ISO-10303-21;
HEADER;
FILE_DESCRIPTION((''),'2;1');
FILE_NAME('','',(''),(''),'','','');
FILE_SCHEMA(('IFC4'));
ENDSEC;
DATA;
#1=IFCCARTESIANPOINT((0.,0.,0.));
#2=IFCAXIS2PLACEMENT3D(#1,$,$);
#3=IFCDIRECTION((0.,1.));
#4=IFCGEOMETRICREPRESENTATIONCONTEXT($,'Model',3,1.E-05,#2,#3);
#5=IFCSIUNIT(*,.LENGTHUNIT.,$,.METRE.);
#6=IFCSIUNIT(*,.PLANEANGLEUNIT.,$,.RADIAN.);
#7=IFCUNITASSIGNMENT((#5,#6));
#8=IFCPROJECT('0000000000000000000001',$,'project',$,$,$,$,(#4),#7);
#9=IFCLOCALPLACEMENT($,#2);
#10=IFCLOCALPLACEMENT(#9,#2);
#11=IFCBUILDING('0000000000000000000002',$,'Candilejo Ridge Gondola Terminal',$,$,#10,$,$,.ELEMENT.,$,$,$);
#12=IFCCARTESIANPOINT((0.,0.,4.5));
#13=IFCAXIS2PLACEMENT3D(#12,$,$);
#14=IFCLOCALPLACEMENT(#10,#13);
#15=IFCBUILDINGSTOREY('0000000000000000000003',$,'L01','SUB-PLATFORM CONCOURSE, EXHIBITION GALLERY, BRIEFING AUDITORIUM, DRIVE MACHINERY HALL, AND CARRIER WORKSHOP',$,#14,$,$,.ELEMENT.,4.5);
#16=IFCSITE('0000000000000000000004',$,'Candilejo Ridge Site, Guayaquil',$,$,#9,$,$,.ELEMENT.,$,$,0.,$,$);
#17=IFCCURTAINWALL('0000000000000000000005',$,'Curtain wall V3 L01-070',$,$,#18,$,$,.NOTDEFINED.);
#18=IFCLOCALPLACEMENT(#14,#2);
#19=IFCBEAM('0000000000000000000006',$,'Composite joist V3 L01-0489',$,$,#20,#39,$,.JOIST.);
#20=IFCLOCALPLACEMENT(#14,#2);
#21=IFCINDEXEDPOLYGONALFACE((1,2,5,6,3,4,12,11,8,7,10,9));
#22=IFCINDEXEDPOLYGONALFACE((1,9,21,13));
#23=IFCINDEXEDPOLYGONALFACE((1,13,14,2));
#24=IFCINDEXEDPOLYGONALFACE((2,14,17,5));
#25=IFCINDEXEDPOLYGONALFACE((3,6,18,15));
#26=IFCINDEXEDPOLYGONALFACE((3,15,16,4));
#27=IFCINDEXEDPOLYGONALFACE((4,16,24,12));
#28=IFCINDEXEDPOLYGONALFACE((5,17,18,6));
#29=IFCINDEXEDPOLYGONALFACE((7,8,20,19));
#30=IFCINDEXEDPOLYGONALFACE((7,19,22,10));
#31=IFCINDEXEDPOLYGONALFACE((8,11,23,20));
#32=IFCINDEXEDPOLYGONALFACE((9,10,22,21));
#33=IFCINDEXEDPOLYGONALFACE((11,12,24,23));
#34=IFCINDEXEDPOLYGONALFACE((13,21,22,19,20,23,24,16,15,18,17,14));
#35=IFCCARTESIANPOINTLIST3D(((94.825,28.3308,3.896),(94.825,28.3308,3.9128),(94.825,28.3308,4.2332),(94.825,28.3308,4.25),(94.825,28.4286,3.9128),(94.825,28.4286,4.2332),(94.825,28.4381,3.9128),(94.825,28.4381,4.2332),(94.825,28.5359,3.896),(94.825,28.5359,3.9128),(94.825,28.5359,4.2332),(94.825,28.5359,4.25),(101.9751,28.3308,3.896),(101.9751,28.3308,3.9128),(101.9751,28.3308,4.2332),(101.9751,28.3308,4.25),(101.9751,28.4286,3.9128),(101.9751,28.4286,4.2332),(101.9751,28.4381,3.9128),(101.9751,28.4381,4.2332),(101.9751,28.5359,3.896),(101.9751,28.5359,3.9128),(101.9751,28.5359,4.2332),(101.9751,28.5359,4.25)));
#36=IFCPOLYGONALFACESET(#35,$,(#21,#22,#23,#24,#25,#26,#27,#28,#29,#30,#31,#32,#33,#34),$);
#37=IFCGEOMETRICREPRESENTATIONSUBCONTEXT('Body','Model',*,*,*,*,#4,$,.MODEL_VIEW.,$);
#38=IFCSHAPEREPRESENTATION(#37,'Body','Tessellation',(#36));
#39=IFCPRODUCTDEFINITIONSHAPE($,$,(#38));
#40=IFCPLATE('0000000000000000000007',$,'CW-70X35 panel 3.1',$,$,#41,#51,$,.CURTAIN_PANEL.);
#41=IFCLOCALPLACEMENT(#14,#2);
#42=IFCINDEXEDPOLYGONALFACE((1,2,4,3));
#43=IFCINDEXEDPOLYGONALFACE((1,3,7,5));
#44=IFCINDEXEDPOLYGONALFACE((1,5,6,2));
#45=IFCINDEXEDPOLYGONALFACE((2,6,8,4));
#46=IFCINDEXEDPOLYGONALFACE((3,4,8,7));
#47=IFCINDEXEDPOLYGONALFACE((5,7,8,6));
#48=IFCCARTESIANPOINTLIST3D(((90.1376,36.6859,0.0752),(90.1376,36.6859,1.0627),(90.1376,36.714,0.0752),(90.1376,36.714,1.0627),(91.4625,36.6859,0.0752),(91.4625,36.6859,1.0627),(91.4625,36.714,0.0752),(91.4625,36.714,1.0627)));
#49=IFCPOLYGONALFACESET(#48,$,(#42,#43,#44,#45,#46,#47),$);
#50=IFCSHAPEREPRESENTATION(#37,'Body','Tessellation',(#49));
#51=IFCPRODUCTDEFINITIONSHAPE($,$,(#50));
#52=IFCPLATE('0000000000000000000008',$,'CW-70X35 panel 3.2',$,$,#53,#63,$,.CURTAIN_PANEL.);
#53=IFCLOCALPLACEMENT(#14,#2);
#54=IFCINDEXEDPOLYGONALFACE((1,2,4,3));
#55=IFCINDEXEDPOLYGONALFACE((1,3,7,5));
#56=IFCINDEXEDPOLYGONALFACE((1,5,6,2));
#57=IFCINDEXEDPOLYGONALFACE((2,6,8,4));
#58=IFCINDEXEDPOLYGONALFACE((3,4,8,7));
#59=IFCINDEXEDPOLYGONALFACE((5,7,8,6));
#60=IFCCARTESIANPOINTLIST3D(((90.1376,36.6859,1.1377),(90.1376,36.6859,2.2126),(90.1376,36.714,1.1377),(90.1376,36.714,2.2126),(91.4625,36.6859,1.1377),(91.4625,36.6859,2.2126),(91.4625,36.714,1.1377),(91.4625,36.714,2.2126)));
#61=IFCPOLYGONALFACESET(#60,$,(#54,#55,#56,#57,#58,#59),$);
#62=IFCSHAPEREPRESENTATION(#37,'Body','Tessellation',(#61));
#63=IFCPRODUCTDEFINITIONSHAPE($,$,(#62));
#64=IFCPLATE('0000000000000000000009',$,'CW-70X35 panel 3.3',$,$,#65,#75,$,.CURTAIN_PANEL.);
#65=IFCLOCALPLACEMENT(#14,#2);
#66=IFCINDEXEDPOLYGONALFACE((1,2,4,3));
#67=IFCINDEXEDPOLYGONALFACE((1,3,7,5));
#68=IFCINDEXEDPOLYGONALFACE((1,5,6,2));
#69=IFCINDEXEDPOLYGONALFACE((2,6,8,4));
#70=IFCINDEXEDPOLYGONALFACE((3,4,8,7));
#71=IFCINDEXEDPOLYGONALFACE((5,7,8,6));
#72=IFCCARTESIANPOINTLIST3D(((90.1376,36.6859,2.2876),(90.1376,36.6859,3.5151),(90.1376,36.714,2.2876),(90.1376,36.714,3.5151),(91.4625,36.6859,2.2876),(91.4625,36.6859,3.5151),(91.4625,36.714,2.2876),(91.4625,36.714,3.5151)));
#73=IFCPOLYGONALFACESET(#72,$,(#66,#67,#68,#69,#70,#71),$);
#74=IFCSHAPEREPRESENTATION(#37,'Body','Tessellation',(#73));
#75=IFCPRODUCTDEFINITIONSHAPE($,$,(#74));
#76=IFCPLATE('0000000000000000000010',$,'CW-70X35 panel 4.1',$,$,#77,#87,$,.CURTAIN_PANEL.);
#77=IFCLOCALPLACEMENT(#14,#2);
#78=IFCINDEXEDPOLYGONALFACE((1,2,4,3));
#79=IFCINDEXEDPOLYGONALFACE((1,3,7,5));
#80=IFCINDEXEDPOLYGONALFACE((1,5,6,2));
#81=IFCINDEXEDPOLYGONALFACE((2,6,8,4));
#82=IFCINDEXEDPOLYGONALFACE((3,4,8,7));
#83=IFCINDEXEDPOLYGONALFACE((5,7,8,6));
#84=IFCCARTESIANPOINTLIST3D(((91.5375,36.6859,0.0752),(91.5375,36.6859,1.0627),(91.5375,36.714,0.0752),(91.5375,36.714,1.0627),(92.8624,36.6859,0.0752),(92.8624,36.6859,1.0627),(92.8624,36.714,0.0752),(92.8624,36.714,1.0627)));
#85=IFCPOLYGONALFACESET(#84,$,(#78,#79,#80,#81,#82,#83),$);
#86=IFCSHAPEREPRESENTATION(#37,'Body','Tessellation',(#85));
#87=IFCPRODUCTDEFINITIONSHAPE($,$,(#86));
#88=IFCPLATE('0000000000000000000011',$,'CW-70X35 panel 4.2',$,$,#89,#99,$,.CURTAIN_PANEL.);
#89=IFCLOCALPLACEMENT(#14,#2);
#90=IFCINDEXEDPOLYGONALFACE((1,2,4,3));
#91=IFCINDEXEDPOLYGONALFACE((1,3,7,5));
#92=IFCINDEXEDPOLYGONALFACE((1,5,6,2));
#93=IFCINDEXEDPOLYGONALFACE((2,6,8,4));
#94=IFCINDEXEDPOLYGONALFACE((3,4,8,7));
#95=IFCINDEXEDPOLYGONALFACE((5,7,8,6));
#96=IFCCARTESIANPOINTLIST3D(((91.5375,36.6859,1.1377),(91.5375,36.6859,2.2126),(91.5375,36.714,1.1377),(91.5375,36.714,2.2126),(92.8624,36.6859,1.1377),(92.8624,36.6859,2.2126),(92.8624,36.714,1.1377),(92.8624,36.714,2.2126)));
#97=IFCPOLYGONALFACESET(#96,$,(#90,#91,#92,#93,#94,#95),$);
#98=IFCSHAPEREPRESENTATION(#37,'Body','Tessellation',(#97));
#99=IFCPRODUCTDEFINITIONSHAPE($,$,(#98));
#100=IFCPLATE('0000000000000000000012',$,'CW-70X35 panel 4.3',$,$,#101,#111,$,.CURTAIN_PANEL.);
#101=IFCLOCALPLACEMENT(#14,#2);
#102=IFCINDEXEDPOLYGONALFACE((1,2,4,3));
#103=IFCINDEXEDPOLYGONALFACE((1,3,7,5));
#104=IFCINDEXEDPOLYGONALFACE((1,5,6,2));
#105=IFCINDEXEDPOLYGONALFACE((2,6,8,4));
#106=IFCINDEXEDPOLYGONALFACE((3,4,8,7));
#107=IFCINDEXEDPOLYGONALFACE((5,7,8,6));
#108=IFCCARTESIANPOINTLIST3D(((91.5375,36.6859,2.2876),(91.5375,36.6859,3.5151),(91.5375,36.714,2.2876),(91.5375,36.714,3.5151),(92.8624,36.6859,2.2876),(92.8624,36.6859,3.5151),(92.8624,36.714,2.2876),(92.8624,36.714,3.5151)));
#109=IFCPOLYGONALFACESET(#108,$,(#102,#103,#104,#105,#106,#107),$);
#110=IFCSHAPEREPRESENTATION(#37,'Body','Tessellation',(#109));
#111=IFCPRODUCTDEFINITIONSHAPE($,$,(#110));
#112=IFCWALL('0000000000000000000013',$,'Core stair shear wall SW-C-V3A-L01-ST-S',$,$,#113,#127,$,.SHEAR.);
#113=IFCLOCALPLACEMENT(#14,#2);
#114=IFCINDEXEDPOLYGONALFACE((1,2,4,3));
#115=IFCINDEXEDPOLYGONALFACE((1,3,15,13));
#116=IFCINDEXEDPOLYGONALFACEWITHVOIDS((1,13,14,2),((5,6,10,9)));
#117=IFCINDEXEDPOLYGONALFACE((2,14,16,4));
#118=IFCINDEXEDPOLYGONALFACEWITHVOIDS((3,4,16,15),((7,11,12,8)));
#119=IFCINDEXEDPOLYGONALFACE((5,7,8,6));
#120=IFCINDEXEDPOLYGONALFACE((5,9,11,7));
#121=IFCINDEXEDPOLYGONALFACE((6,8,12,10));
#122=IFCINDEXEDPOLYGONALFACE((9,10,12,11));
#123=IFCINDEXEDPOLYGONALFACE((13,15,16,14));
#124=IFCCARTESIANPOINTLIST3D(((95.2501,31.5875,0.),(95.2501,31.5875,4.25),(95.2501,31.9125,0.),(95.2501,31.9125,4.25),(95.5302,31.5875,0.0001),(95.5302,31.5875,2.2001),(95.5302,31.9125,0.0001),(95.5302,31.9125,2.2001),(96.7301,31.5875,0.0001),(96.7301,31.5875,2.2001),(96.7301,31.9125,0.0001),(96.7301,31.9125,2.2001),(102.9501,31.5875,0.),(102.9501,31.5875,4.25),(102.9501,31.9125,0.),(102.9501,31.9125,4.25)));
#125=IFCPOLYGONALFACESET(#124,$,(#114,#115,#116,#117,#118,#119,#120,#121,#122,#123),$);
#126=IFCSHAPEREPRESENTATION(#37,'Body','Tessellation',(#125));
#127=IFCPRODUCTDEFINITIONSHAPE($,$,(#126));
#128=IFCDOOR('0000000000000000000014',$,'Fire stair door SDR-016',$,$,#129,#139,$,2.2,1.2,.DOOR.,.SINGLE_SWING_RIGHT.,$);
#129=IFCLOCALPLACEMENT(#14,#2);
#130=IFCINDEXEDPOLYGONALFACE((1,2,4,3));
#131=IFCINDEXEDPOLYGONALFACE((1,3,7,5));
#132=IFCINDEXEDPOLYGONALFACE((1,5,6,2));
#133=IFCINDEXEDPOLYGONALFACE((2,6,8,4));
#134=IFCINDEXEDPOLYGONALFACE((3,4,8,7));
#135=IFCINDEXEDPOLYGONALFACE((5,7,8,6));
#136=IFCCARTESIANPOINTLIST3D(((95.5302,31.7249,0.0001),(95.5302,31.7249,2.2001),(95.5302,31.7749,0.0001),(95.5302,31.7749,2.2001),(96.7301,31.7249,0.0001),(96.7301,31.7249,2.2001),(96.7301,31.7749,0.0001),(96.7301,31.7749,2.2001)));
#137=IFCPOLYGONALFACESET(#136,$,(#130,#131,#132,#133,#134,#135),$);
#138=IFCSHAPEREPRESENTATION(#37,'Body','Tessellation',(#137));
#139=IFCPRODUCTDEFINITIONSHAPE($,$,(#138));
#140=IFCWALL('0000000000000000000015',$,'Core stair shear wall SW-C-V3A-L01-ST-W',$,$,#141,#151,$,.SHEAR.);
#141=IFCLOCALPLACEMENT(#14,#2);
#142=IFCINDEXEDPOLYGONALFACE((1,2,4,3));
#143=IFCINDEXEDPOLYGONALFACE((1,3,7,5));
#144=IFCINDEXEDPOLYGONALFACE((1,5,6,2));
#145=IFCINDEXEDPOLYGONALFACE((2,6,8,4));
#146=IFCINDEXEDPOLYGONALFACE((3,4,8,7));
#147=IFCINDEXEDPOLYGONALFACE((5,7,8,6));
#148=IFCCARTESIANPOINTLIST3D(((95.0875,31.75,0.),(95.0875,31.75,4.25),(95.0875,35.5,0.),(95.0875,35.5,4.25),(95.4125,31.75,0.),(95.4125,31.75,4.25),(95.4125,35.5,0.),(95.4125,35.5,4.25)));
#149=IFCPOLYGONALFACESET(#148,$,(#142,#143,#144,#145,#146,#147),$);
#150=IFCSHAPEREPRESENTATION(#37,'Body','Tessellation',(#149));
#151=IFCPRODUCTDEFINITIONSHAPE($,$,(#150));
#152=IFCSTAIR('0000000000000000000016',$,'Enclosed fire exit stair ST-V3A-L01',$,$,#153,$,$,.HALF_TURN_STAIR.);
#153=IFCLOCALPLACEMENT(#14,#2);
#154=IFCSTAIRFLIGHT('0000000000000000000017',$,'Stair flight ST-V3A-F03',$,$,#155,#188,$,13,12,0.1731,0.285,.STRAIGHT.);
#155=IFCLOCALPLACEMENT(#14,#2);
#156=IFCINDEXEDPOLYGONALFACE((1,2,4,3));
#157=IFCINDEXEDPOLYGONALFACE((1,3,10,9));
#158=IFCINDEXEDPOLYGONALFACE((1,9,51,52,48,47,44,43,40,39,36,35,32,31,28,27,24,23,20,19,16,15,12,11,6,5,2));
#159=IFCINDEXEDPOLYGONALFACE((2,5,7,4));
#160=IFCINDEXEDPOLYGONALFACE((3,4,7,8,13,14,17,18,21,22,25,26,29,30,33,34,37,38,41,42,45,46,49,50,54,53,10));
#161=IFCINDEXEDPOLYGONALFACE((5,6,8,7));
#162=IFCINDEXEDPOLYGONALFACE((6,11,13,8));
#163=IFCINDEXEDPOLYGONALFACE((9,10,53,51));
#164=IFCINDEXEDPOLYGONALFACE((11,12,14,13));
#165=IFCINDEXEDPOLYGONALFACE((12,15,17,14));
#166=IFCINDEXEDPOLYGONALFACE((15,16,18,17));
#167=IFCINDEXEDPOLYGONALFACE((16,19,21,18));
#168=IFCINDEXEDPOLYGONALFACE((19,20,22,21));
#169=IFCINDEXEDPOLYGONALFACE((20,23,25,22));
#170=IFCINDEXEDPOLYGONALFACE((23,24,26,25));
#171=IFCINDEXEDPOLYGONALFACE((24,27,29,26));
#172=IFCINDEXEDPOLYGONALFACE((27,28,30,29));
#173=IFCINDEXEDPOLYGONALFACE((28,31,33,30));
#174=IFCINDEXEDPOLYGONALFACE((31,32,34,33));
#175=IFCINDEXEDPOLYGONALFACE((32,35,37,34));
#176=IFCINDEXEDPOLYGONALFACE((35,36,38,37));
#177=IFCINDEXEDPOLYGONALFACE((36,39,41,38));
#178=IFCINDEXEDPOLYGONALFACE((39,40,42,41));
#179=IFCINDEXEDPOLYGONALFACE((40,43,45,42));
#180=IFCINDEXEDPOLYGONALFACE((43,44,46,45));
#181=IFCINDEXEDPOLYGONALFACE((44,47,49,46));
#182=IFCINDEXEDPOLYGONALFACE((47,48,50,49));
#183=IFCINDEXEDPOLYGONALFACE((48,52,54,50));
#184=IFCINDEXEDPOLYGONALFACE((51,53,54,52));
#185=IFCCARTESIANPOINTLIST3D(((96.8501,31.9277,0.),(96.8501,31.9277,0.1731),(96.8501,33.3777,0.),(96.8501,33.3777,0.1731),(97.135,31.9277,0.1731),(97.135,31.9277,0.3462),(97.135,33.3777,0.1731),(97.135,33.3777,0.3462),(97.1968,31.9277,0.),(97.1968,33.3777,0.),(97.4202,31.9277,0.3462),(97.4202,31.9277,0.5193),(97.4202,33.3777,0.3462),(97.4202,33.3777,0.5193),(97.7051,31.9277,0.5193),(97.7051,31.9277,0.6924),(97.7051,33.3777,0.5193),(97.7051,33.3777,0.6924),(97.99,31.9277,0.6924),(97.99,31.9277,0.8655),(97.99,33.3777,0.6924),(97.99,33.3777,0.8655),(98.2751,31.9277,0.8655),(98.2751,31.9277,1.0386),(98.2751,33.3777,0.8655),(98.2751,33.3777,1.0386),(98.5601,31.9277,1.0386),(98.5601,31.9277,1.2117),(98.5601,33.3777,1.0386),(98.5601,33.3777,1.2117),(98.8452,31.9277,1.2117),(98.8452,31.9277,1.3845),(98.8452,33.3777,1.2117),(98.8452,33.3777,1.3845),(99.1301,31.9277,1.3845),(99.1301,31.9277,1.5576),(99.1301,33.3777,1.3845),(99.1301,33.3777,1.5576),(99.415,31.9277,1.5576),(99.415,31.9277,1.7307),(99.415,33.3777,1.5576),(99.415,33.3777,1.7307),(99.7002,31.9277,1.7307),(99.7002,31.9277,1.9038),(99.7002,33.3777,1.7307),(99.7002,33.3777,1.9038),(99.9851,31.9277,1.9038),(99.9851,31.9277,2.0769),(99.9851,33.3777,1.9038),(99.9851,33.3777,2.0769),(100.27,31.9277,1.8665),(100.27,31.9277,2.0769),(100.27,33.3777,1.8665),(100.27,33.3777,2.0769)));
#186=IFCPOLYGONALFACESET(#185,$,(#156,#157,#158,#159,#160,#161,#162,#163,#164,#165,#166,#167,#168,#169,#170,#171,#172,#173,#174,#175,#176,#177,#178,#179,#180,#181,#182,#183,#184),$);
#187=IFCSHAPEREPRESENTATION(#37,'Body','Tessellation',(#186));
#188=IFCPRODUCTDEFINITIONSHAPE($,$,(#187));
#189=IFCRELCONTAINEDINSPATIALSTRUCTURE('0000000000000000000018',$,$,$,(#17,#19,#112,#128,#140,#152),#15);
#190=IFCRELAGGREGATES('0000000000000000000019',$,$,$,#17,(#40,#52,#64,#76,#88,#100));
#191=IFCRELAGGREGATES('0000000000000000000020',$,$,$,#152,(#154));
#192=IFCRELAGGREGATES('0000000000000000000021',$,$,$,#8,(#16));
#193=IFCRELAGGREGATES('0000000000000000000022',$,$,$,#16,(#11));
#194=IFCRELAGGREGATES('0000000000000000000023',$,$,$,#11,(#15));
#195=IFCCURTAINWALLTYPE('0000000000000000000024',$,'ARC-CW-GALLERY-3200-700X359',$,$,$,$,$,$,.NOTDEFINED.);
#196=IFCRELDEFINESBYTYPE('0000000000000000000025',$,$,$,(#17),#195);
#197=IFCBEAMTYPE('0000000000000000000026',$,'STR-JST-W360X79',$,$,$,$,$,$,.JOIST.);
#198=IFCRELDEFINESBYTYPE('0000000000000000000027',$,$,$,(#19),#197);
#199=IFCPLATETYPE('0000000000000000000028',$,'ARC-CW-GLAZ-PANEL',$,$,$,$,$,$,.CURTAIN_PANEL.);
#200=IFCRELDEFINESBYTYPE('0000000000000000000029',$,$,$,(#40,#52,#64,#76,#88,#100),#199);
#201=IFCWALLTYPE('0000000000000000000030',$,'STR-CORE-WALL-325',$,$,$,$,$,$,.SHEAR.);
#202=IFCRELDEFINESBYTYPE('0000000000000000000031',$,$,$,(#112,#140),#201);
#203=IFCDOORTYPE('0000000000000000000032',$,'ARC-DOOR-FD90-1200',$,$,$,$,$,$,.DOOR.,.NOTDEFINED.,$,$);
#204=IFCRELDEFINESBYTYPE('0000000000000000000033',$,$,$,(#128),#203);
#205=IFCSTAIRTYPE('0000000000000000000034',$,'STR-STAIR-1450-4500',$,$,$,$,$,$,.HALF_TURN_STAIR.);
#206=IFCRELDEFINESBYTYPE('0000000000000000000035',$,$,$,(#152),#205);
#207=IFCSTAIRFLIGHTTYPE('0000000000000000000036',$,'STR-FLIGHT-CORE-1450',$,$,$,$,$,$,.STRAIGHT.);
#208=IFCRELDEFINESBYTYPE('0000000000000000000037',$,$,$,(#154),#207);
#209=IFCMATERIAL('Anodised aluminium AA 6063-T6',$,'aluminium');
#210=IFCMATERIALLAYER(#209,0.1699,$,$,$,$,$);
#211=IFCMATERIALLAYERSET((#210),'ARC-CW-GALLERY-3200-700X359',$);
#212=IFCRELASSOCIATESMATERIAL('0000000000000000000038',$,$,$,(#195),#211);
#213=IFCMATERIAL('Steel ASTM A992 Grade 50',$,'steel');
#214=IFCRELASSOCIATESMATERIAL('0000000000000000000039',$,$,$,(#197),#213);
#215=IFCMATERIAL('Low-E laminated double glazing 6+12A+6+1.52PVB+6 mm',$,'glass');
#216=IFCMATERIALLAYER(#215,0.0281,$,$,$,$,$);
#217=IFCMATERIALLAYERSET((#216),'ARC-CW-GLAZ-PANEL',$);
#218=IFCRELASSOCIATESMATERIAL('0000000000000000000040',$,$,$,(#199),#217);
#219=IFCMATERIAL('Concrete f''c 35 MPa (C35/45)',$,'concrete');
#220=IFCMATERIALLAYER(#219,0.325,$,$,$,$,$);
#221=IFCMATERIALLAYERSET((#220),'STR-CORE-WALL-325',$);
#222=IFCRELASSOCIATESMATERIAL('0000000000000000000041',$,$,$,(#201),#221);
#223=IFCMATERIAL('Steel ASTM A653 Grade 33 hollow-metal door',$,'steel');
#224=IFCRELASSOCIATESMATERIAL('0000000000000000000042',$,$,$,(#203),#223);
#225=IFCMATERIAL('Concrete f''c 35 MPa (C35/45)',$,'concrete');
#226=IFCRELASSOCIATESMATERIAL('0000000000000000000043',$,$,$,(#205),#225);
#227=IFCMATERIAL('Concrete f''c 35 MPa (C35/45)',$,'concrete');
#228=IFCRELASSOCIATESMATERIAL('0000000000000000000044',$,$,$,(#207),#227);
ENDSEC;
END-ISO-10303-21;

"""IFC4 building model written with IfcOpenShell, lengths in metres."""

from ifc_helpers import new_model, si_unit, direction, frame, frame_2d, origin, origin_2d, place, context, subcontext, project, spatial, polyline, rectangle, i_section, outline, extrude, material, layer, layer_set, material_profile, profile_set, type_object, element, fill, aggregate, save


model = new_model("IFC4")

# Units and contexts
model_context = context("Model", 3, precision=1e-05, world=origin(), true_north=direction((0.0, 1.0)))
body_context = subcontext(model_context, "Body", "Model", "MODEL_VIEW")
ifc_project = project(units=[si_unit("LENGTHUNIT", "METRE"), si_unit("PLANEANGLEUNIT", "RADIAN")], contexts=[model_context])

# Site, building, storey
site_placement = place(None, origin())
site = spatial("IfcSite", under=ifc_project, at=site_placement, Name="Candilejo Ridge Site, Guayaquil", CompositionType="ELEMENT", RefElevation=0.0)
building_placement = place(site_placement, origin())
building = spatial("IfcBuilding", under=site, at=building_placement, Name="Candilejo Ridge Gondola Terminal", CompositionType="ELEMENT")
storey_placement = place(building_placement, frame((0.0, 0.0, 4.5)))
storey = spatial("IfcBuildingStorey", under=building, at=storey_placement, Name="L01", Description="SUB-PLATFORM CONCOURSE, EXHIBITION GALLERY, BRIEFING AUDITORIUM, DRIVE MACHINERY HALL, AND CARRIER WORKSHOP", CompositionType="ELEMENT", Elevation=4.5)

# Curtain wall
ifc_material_1 = material(Name="Anodised aluminium AA 6063-T6", Category="aluminium")
ifc_layer_1 = layer(ifc_material_1, 0.1699)
ifc_layer_set_1 = layer_set([ifc_layer_1], Name="ARC-CW-GALLERY-3200-700X359")
curtain_wall_type = type_object("IfcCurtainWallType", Name="ARC-CW-GALLERY-3200-700X359", PredefinedType="NOTDEFINED", material=ifc_layer_set_1)
curtain_wall_placement = place(storey_placement, origin())
curtain_wall = element("IfcCurtainWall", 1, at=curtain_wall_placement, inside=storey, type_object=curtain_wall_type, Name="Curtain wall V3 L01-070", PredefinedType="NOTDEFINED")

# Beam
ifc_material_2 = material(Name="Steel ASTM A992 Grade 50", Category="steel")
ifc_material_profile_1 = material_profile(ifc_material_2, i_section(OverallWidth=0.2051, OverallDepth=0.354, WebThickness=0.0095, FlangeThickness=0.0168, at=origin_2d()))
ifc_profile_set_1 = profile_set([ifc_material_profile_1], Name="Steel ASTM A992 Grade 50")
beam_type_1 = type_object("IfcBeamType", Name="STR-JST-W360X79", PredefinedType="JOIST", material=ifc_profile_set_1)
beam_1_placement = place(storey_placement, frame((94.825, 28.4333, 4.073), z_axis=(1.0, 0.0, 0.0), x_axis=(0.0, 1.0, 0.0)))
element("IfcBeam", 2, at=beam_1_placement, inside=storey, type_object=beam_type_1, Name="Composite joist V3 L01-0489", PredefinedType="JOIST", context=body_context, shape_type="SweptSolid", body=[
    extrude(i_section(OverallWidth=0.2051, OverallDepth=0.354, WebThickness=0.0095, FlangeThickness=0.0168, at=origin_2d()), origin(), (0.0, 0.0, 1.0), 7.1501),
])

# Plates
ifc_material_3 = material(Name="Low-E laminated double glazing 6+12A+6+1.52PVB+6 mm", Category="glass")
ifc_layer_2 = layer(ifc_material_3, 0.0281)
ifc_layer_set_2 = layer_set([ifc_layer_2], Name="ARC-CW-GLAZ-PANEL")
plate_type = type_object("IfcPlateType", Name="ARC-CW-GLAZ-PANEL", PredefinedType="CURTAIN_PANEL", material=ifc_layer_set_2)
plate_1_placement = place(storey_placement, frame((90.8, 36.7, 0.0752), z_axis=(0.0, 0.0, 1.0), x_axis=(1.0, 0.0, 0.0)))
plate_1 = element("IfcPlate", 3, at=plate_1_placement, type_object=plate_type, Name="CW-70X35 panel 3.1", PredefinedType="CURTAIN_PANEL", context=body_context, shape_type="SweptSolid", body=[
    extrude(rectangle(XDim=1.325, YDim=0.0281, at=origin_2d()), origin(), (0.0, 0.0, 1.0), 0.9875),
])
plate_2_placement = place(storey_placement, frame((90.8, 36.7, 1.1377), z_axis=(0.0, 0.0, 1.0), x_axis=(1.0, 0.0, 0.0)))
plate_2 = element("IfcPlate", 4, at=plate_2_placement, type_object=plate_type, Name="CW-70X35 panel 3.2", PredefinedType="CURTAIN_PANEL", context=body_context, shape_type="SweptSolid", body=[
    extrude(rectangle(XDim=1.325, YDim=0.0281, at=origin_2d()), origin(), (0.0, 0.0, 1.0), 1.075),
])
plate_3_placement = place(storey_placement, frame((90.8, 36.7, 2.2876), z_axis=(0.0, 0.0, 1.0), x_axis=(1.0, 0.0, 0.0)))
plate_3 = element("IfcPlate", 5, at=plate_3_placement, type_object=plate_type, Name="CW-70X35 panel 3.3", PredefinedType="CURTAIN_PANEL", context=body_context, shape_type="SweptSolid", body=[
    extrude(rectangle(XDim=1.325, YDim=0.0281, at=origin_2d()), origin(), (0.0, 0.0, 1.0), 1.2275),
])
plate_4_placement = place(storey_placement, frame((92.2, 36.7, 0.0752), z_axis=(0.0, 0.0, 1.0), x_axis=(1.0, 0.0, 0.0)))
plate_4 = element("IfcPlate", 6, at=plate_4_placement, type_object=plate_type, Name="CW-70X35 panel 4.1", PredefinedType="CURTAIN_PANEL", context=body_context, shape_type="SweptSolid", body=[
    extrude(rectangle(XDim=1.325, YDim=0.0281, at=origin_2d()), origin(), (0.0, 0.0, 1.0), 0.9875),
])
plate_5_placement = place(storey_placement, frame((92.2, 36.7, 1.1377), z_axis=(0.0, 0.0, 1.0), x_axis=(1.0, 0.0, 0.0)))
plate_5 = element("IfcPlate", 7, at=plate_5_placement, type_object=plate_type, Name="CW-70X35 panel 4.2", PredefinedType="CURTAIN_PANEL", context=body_context, shape_type="SweptSolid", body=[
    extrude(rectangle(XDim=1.325, YDim=0.0281, at=origin_2d()), origin(), (0.0, 0.0, 1.0), 1.075),
])
plate_6_placement = place(storey_placement, frame((92.2, 36.7, 2.2876), z_axis=(0.0, 0.0, 1.0), x_axis=(1.0, 0.0, 0.0)))
plate_6 = element("IfcPlate", 8, at=plate_6_placement, type_object=plate_type, Name="CW-70X35 panel 4.3", PredefinedType="CURTAIN_PANEL", context=body_context, shape_type="SweptSolid", body=[
    extrude(rectangle(XDim=1.325, YDim=0.0281, at=origin_2d()), origin(), (0.0, 0.0, 1.0), 1.2275),
])
aggregate(curtain_wall, [plate_1, plate_2, plate_3, plate_4, plate_5, plate_6])

# Wall, opening, door
ifc_material_4 = material(Name="Concrete f'c 35 MPa (C35/45)", Category="concrete")
ifc_layer_3 = layer(ifc_material_4, 0.325)
ifc_layer_set_3 = layer_set([ifc_layer_3], Name="STR-CORE-WALL-325")
wall_type = type_object("IfcWallType", Name="STR-CORE-WALL-325", PredefinedType="SHEAR", material=ifc_layer_set_3)
wall_1_placement = place(storey_placement, frame((95.25, 31.75, 0.0), z_axis=(0.0, 0.0, 1.0), x_axis=(1.0, 0.0, 0.0)))
wall_1 = element("IfcWall", 9, at=wall_1_placement, inside=storey, type_object=wall_type, Name="Core stair shear wall SW-C-V3A-L01-ST-S", PredefinedType="SHEAR", context=body_context, shape_type="SweptSolid", body=[
    extrude(rectangle(XDim=7.7, YDim=0.325, at=frame_2d((3.8501, 0.0))), origin(), (0.0, 0.0, 1.0), 4.25),
])
opening_placement = place(wall_1_placement, frame((0.28, 0.0, 0.0)))
opening = element("IfcOpeningElement", 10, at=opening_placement, cuts=wall_1, PredefinedType="OPENING", context=body_context, shape_type="SweptSolid", body=[
    extrude(rectangle(XDim=1.2, YDim=2.2, at=frame_2d((0.6001, 1.1001))), frame((0.0, 0.1724, 0.0), z_axis=(0.0, -1.0, 0.0), x_axis=(1.0, 0.0, 0.0)), (0.0, 0.0, 1.0), 0.345),
])
ifc_material_5 = material(Name="Steel ASTM A653 Grade 33 hollow-metal door", Category="steel")
door_type = type_object("IfcDoorType", Name="ARC-DOOR-FD90-1200", OperationType="NOTDEFINED", PredefinedType="DOOR", material=ifc_material_5)
door_placement = place(opening_placement, origin())
door = element("IfcDoor", 11, at=door_placement, inside=storey, type_object=door_type, Name="Fire stair door SDR-016", OperationType="SINGLE_SWING_RIGHT", OverallHeight=2.2, OverallWidth=1.2, PredefinedType="DOOR", context=body_context, shape_type="SweptSolid", body=[
    extrude(rectangle(XDim=1.2, YDim=2.2, at=frame_2d((0.6001, 1.1001))), frame((0.0, 0.0249, 0.0), z_axis=(0.0, -1.0, 0.0), x_axis=(1.0, 0.0, 0.0)), (0.0, 0.0, 1.0), 0.05),
])
fill(opening, door)

# Wall
wall_2_placement = place(storey_placement, frame((95.25, 35.5, 0.0), z_axis=(0.0, 0.0, 1.0), x_axis=(0.0, -1.0, 0.0)))
element("IfcWall", 12, at=wall_2_placement, inside=storey, type_object=wall_type, Name="Core stair shear wall SW-C-V3A-L01-ST-W", PredefinedType="SHEAR", context=body_context, shape_type="SweptSolid", body=[
    extrude(rectangle(XDim=3.75, YDim=0.325, at=frame_2d((1.875, 0.0))), origin(), (0.0, 0.0, 1.0), 4.25),
])

# Stair, stair flight
ifc_material_6 = material(Name="Concrete f'c 35 MPa (C35/45)", Category="concrete")
stair_type = type_object("IfcStairType", Name="STR-STAIR-1450-4500", PredefinedType="HALF_TURN_STAIR", material=ifc_material_6)
stair_placement = place(storey_placement, origin())
stair = element("IfcStair", 13, at=stair_placement, inside=storey, type_object=stair_type, Name="Enclosed fire exit stair ST-V3A-L01", PredefinedType="HALF_TURN_STAIR")
ifc_material_7 = material(Name="Concrete f'c 35 MPa (C35/45)", Category="concrete")
stair_flight_type = type_object("IfcStairFlightType", Name="STR-FLIGHT-CORE-1450", PredefinedType="STRAIGHT", material=ifc_material_7)
stair_flight_placement = place(storey_placement, frame((96.8501, 32.6526, 0.0), z_axis=(0.0, 0.0, 1.0), x_axis=(1.0, 0.0, 0.0)))
stair_flight = element("IfcStairFlight", 14, at=stair_flight_placement, type_object=stair_flight_type, Name="Stair flight ST-V3A-F03", NumberOfRisers=13, NumberOfTreads=12, PredefinedType="STRAIGHT", RiserHeight=0.1731, TreadLength=0.285, context=body_context, shape_type="SweptSolid", body=[
    extrude(outline(polyline([(0.0, 0.0), (0.0, 0.1731), (0.2849, 0.1731), (0.2849, 0.3462), (0.5701, 0.3462), (0.5701, 0.5193), (0.855, 0.5193), (0.855, 0.6924), (1.1399, 0.6924), (1.1399, 0.8655), (1.425, 0.8655), (1.425, 1.0386), (1.71, 1.0386), (1.71, 1.2117), (1.9951, 1.2117), (1.9951, 1.3845), (2.28, 1.3845), (2.28, 1.5576), (2.5649, 1.5576), (2.5649, 1.7307), (2.8501, 1.7307), (2.8501, 1.9038), (3.135, 1.9038), (3.135, 2.0769), (3.4199, 2.0769), (3.4199, 2.25), (3.4199, 1.8665), (0.3467, 0.0), (0.0, 0.0)])), frame((0.0, 0.7251, 0.0), z_axis=(0.0, -1.0, 0.0), x_axis=(1.0, 0.0, 0.0)), (0.0, 0.0, 1.0), 1.45),
])
aggregate(stair, [stair_flight])

save(model, "model.ifc")
